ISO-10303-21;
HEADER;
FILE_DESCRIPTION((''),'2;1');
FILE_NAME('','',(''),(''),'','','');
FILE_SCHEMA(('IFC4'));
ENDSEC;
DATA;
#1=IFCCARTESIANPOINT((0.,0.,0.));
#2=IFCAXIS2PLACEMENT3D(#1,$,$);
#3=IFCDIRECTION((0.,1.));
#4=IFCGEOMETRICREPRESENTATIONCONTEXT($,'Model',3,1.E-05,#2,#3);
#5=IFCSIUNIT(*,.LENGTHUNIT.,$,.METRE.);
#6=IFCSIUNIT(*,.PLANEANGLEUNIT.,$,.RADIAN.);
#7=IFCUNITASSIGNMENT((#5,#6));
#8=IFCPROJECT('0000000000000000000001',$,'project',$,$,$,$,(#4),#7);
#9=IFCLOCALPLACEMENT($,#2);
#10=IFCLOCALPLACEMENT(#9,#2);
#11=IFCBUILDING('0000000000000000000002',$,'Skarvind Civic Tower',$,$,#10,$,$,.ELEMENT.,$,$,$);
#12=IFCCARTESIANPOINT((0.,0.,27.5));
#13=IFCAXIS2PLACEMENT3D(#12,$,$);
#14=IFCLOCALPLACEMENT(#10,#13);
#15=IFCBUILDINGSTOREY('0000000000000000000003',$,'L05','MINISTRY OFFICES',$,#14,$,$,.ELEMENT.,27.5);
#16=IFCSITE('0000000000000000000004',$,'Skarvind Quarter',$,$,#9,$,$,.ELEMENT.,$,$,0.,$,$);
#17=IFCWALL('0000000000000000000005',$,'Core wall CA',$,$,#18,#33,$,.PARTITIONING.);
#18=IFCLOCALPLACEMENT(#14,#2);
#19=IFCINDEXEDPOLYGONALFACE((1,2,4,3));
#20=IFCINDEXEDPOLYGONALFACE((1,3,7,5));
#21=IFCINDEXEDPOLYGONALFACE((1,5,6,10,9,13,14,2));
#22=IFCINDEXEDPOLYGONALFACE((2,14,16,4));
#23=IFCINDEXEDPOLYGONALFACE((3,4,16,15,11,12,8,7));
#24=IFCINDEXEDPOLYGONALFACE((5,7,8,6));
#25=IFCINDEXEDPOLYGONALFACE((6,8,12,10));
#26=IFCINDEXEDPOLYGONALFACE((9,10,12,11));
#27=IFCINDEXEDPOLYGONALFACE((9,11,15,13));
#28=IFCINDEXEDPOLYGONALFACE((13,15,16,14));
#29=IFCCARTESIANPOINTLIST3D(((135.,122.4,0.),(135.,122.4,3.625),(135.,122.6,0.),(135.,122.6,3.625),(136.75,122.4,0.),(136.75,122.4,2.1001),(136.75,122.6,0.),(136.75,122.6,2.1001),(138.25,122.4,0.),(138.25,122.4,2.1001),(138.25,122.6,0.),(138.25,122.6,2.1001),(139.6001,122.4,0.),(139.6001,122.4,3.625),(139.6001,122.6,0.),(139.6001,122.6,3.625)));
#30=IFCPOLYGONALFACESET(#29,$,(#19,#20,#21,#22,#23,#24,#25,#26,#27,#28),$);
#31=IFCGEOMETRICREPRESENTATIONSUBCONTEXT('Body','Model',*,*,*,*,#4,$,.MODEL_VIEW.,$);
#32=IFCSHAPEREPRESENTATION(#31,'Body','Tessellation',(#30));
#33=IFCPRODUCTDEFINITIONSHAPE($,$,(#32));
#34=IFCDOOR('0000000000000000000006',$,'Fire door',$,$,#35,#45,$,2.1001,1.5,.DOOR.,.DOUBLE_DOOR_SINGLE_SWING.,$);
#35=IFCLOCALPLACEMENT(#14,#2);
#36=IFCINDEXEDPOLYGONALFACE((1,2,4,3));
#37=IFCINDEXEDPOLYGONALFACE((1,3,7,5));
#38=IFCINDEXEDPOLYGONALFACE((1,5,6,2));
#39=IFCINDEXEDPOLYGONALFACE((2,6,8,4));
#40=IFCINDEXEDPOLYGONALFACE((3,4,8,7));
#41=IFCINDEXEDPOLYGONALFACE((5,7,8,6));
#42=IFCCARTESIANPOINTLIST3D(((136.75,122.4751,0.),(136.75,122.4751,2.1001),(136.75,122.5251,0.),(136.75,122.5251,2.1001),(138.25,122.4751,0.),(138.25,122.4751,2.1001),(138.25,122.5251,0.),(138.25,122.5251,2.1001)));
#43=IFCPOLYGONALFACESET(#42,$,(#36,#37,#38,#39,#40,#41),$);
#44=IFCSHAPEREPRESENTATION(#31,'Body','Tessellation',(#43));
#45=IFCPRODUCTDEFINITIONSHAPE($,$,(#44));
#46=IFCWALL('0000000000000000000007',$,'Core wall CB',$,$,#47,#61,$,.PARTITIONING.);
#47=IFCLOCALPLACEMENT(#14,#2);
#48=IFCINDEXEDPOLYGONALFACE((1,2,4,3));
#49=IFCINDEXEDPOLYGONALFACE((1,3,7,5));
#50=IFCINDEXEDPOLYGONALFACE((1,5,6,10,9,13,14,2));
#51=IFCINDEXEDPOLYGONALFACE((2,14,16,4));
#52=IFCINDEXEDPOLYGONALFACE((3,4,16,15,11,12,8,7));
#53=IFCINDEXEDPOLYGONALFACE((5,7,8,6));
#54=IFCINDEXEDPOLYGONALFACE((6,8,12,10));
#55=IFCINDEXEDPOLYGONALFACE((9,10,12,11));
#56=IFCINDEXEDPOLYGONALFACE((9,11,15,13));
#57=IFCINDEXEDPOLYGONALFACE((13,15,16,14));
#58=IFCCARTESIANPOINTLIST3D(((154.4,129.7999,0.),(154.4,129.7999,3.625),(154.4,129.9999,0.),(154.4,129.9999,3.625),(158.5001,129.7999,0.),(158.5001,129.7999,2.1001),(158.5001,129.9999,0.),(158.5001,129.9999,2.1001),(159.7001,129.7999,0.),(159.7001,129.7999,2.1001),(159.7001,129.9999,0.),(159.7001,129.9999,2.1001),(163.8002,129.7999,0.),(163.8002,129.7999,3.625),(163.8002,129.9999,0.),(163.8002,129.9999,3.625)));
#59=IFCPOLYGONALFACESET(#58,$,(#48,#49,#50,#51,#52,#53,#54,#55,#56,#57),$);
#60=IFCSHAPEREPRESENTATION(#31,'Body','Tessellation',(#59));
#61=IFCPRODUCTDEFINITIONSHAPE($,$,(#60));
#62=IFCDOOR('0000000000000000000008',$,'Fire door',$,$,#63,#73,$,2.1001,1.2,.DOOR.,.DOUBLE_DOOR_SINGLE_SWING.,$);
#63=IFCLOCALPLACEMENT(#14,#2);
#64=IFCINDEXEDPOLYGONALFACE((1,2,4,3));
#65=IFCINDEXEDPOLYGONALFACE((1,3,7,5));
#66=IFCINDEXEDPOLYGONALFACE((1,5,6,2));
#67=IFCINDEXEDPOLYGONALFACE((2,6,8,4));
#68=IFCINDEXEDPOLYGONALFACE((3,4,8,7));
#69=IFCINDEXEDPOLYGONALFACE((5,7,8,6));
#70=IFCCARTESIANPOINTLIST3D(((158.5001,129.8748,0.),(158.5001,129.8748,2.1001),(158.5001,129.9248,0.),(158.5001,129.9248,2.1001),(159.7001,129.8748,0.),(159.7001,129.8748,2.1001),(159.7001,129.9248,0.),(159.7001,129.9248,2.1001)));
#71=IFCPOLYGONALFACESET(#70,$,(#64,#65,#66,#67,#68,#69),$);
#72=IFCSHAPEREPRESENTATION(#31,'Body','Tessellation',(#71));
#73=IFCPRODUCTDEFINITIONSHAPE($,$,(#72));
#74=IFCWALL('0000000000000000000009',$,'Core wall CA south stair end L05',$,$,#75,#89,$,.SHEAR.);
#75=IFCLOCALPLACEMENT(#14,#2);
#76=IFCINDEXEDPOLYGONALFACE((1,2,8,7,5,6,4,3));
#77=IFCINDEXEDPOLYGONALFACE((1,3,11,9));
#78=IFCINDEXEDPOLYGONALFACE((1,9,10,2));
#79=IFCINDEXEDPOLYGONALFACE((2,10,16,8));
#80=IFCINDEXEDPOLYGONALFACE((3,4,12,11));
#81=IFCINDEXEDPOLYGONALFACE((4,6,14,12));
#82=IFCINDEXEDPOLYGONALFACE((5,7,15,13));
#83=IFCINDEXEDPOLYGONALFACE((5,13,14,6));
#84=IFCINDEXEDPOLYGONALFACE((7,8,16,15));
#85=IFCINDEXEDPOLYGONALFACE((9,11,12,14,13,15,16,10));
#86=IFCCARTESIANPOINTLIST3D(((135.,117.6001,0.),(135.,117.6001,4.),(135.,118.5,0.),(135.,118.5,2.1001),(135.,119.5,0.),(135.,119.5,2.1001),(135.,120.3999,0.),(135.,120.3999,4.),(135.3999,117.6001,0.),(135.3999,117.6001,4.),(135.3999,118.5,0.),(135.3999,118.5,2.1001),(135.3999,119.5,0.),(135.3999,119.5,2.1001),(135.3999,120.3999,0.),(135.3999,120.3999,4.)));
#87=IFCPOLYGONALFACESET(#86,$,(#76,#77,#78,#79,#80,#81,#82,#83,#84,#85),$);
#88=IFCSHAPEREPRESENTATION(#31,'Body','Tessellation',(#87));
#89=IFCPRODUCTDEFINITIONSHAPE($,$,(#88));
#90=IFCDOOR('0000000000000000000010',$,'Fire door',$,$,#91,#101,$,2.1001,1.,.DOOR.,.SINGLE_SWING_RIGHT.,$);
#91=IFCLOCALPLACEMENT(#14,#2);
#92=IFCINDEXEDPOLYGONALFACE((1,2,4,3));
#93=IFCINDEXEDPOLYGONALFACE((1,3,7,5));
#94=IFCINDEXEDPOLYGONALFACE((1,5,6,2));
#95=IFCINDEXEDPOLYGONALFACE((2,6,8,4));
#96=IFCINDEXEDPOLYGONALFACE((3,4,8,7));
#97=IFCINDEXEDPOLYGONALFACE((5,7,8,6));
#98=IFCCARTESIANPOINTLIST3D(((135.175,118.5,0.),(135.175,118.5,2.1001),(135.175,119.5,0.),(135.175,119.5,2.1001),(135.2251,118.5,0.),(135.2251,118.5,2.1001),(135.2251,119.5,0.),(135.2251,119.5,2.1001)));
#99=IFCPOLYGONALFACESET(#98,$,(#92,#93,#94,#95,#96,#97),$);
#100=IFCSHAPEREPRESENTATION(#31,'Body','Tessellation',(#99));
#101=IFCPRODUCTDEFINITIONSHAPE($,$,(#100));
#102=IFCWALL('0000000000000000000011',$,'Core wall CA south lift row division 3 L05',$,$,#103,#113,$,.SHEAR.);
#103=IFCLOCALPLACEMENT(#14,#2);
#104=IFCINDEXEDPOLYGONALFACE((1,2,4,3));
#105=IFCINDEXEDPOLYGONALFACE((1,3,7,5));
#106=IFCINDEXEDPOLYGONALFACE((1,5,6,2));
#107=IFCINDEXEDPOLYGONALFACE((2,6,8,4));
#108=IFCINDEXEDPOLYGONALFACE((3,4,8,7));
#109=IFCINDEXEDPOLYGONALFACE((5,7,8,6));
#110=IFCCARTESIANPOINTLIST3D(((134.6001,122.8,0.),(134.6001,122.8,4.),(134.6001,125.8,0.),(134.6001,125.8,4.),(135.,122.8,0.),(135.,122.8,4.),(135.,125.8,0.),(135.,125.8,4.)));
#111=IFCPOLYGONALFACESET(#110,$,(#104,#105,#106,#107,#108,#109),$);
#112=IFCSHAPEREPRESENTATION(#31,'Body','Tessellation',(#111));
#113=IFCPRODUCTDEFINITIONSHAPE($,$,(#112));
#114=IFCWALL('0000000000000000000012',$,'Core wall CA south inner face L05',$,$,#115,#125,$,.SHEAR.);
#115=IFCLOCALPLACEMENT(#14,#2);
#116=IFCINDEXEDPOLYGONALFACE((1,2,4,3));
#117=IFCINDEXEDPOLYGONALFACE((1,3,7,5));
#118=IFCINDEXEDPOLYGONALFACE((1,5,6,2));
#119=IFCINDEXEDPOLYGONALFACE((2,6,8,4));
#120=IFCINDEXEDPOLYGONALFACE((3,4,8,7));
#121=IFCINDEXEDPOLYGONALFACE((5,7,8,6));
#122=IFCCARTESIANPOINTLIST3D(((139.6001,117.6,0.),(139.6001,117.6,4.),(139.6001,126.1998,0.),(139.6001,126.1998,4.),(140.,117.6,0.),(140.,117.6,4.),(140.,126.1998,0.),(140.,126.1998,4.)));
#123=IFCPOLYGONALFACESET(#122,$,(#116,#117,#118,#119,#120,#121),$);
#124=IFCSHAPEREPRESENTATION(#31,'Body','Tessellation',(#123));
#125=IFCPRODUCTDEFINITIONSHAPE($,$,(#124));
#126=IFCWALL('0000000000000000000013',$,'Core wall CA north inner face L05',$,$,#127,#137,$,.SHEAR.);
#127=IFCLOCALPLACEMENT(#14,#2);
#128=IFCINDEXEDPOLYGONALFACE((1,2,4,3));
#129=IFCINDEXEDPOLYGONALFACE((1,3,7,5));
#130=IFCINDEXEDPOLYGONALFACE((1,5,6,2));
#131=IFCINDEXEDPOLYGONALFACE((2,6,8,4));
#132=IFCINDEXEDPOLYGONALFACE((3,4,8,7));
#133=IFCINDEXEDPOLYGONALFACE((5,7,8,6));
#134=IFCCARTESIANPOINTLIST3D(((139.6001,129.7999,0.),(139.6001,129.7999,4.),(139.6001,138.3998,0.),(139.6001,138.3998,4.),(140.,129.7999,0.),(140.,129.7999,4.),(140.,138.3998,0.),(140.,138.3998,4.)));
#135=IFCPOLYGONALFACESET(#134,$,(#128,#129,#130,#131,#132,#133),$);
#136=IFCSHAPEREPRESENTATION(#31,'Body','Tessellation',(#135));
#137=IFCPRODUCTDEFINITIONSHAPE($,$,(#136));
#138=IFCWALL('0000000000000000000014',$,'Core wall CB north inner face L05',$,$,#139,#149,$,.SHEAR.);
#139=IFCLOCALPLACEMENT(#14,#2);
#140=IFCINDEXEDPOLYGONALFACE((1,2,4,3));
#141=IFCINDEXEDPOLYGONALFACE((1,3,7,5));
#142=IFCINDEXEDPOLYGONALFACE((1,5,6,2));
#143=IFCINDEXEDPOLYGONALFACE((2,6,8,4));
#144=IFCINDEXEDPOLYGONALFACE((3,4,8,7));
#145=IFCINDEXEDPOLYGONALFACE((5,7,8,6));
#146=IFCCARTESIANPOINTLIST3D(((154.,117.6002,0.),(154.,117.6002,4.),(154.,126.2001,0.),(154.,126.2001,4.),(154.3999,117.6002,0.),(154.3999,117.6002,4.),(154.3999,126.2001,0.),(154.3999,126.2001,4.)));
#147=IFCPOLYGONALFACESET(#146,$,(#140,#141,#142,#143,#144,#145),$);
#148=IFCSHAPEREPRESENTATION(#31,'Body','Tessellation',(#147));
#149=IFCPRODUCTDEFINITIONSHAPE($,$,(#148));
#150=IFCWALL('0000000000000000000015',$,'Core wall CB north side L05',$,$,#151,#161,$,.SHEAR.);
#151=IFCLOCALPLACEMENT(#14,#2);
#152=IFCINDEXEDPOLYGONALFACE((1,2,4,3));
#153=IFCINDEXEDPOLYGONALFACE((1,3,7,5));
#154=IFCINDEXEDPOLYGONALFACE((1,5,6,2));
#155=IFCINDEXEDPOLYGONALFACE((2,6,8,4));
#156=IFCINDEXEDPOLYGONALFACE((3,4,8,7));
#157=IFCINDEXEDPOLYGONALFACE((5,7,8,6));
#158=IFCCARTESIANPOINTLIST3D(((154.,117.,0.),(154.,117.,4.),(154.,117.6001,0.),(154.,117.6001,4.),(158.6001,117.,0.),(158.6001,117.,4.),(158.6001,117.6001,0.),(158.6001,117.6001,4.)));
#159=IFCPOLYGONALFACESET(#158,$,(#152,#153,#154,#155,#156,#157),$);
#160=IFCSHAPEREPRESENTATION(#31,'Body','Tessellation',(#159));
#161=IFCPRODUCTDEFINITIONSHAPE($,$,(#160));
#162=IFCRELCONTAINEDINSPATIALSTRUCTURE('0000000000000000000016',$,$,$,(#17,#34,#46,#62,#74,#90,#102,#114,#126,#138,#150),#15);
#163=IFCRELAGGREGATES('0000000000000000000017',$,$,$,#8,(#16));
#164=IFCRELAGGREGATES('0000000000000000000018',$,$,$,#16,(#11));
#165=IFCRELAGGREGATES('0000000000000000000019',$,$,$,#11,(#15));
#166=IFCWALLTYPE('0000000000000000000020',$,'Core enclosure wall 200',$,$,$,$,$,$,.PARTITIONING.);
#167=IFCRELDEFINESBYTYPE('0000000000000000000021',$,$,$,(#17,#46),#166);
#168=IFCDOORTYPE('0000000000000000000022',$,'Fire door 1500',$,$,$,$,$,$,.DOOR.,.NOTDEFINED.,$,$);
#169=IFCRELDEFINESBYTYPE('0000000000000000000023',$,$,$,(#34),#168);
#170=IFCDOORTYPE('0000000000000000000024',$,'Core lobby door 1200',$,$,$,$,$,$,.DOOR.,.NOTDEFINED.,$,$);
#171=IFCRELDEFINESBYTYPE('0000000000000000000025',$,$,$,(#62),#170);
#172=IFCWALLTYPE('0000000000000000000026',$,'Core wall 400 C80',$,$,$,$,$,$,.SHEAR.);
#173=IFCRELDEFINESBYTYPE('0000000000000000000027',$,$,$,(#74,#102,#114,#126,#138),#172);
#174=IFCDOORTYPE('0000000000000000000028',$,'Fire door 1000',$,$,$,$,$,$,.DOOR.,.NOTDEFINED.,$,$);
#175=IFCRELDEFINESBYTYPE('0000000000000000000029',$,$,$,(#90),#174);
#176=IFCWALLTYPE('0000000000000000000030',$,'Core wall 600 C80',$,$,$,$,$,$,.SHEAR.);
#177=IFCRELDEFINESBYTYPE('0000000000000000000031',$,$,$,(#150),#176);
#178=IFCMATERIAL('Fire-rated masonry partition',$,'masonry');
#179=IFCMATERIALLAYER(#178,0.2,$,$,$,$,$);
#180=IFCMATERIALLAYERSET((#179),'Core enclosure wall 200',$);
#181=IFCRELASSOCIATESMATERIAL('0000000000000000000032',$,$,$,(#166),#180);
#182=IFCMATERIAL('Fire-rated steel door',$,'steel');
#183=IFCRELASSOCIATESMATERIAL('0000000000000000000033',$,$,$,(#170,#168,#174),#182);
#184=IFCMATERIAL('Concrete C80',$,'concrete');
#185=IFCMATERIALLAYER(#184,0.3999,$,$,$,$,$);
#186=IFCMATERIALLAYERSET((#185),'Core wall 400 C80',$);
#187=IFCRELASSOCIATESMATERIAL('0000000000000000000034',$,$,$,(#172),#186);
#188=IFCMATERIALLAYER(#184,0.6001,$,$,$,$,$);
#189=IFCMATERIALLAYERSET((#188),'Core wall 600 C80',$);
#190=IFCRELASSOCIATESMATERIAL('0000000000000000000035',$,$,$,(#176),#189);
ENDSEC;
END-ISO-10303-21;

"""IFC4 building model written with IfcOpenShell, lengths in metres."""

from ifc_helpers import new_model, si_unit, direction, frame, frame_2d, origin, place, context, subcontext, project, spatial, rectangle, extrude, material, layer, layer_set, type_object, element, fill, save


model = new_model("IFC4")

# Units and contexts
model_context = context("Model", 3, precision=1e-05, world=origin(), true_north=direction((0.0, 1.0)))
body_context = subcontext(model_context, "Body", "Model", "MODEL_VIEW")
ifc_project = project(units=[si_unit("LENGTHUNIT", "METRE"), si_unit("PLANEANGLEUNIT", "RADIAN")], contexts=[model_context])

# Site, building, storey
site_placement = place(None, origin())
site = spatial("IfcSite", under=ifc_project, at=site_placement, Name="Skarvind Quarter", CompositionType="ELEMENT", RefElevation=0.0)
building_placement = place(site_placement, origin())
building = spatial("IfcBuilding", under=site, at=building_placement, Name="Skarvind Civic Tower", CompositionType="ELEMENT")
storey_placement = place(building_placement, frame((0.0, 0.0, 27.5)))
storey = spatial("IfcBuildingStorey", under=building, at=storey_placement, Name="L05", Description="MINISTRY OFFICES", CompositionType="ELEMENT", Elevation=27.5)

# Walls, openings, doors
ifc_material_1 = material(Name="Fire-rated masonry partition", Category="masonry")
ifc_layer_1 = layer(ifc_material_1, 0.2)
ifc_layer_set_1 = layer_set([ifc_layer_1], Name="Core enclosure wall 200")
wall_type_1 = type_object("IfcWallType", Name="Core enclosure wall 200", PredefinedType="PARTITIONING", material=ifc_layer_set_1)
ifc_material_2 = material(Name="Fire-rated steel door", Category="steel")
door_type_1 = type_object("IfcDoorType", Name="Core lobby door 1200", OperationType="NOTDEFINED", PredefinedType="DOOR", material=ifc_material_2)
wall_1_placement = place(storey_placement, frame((139.6001, 122.5, 0.0), z_axis=(0.0, 0.0, 1.0), x_axis=(-1.0, 0.0, 0.0)))
wall_1 = element("IfcWall", 1, at=wall_1_placement, inside=storey, type_object=wall_type_1, Name="Core wall CA", PredefinedType="PARTITIONING", context=body_context, shape_type="SweptSolid", body=[
    extrude(rectangle(XDim=4.6001, YDim=0.2, at=frame_2d((2.3, 0.0))), origin(), (0.0, 0.0, 1.0), 3.625),
])
opening_1_placement = place(wall_1_placement, frame((1.3501, 0.0, 0.0)))
opening_1 = element("IfcOpeningElement", 2, at=opening_1_placement, cuts=wall_1, PredefinedType="OPENING", context=body_context, shape_type="SweptSolid", body=[
    extrude(rectangle(XDim=1.5, YDim=2.1001, at=frame_2d((0.75, 1.05))), frame((0.0, 0.1099, 0.0), z_axis=(0.0, -1.0, 0.0), x_axis=(1.0, 0.0, 0.0)), (0.0, 0.0, 1.0), 0.22),
])
door_type_2 = type_object("IfcDoorType", Name="Fire door 1500", OperationType="NOTDEFINED", PredefinedType="DOOR", material=ifc_material_2)
door_1_placement = place(opening_1_placement, origin())
door_1 = element("IfcDoor", 3, at=door_1_placement, inside=storey, type_object=door_type_2, Name="Fire door", OperationType="DOUBLE_DOOR_SINGLE_SWING", OverallHeight=2.1001, OverallWidth=1.5, PredefinedType="DOOR", context=body_context, shape_type="SweptSolid", body=[
    extrude(rectangle(XDim=1.5, YDim=2.1001, at=frame_2d((0.75, 1.05))), frame((0.0, 0.0249, 0.0), z_axis=(0.0, -1.0, 0.0), x_axis=(1.0, 0.0, 0.0)), (0.0, 0.0, 1.0), 0.05),
])
fill(opening_1, door_1)
wall_2_placement = place(storey_placement, frame((154.3999, 129.8999, 0.0), z_axis=(0.0, 0.0, 1.0), x_axis=(1.0, 0.0, 0.0)))
wall_2 = element("IfcWall", 4, at=wall_2_placement, inside=storey, type_object=wall_type_1, Name="Core wall CB", PredefinedType="PARTITIONING", context=body_context, shape_type="SweptSolid", body=[
    extrude(rectangle(XDim=9.4001, YDim=0.2, at=frame_2d((4.7002, 0.0))), origin(), (0.0, 0.0, 1.0), 3.625),
])
opening_2_placement = place(wall_2_placement, frame((4.1001, 0.0, 0.0)))
opening_2 = element("IfcOpeningElement", 5, at=opening_2_placement, cuts=wall_2, PredefinedType="OPENING", context=body_context, shape_type="SweptSolid", body=[
    extrude(rectangle(XDim=1.2, YDim=2.1001, at=frame_2d((0.6001, 1.05))), frame((0.0, 0.1099, 0.0), z_axis=(0.0, -1.0, 0.0), x_axis=(1.0, 0.0, 0.0)), (0.0, 0.0, 1.0), 0.22),
])
door_2_placement = place(opening_2_placement, origin())
door_2 = element("IfcDoor", 6, at=door_2_placement, inside=storey, type_object=door_type_1, Name="Fire door", OperationType="DOUBLE_DOOR_SINGLE_SWING", OverallHeight=2.1001, OverallWidth=1.2, PredefinedType="DOOR", context=body_context, shape_type="SweptSolid", body=[
    extrude(rectangle(XDim=1.2, YDim=2.1001, at=frame_2d((0.6001, 1.05))), frame((0.0, 0.0249, 0.0), z_axis=(0.0, -1.0, 0.0), x_axis=(1.0, 0.0, 0.0)), (0.0, 0.0, 1.0), 0.05),
])
fill(opening_2, door_2)
ifc_material_3 = material(Name="Concrete C80", Category="concrete")
ifc_layer_2 = layer(ifc_material_3, 0.3999)
ifc_layer_set_2 = layer_set([ifc_layer_2], Name="Core wall 400 C80")
wall_type_2 = type_object("IfcWallType", Name="Core wall 400 C80", PredefinedType="SHEAR", material=ifc_layer_set_2)
wall_3_placement = place(storey_placement, frame((135.2, 117.6001, 0.0), z_axis=(0.0, 0.0, 1.0), x_axis=(0.0, 1.0, 0.0)))
wall_3 = element("IfcWall", 7, at=wall_3_placement, inside=storey, type_object=wall_type_2, Name="Core wall CA south stair end L05", PredefinedType="SHEAR", context=body_context, shape_type="SweptSolid", body=[
    extrude(rectangle(XDim=2.7998, YDim=0.3999, at=frame_2d((1.3999, 0.0))), origin(), (0.0, 0.0, 1.0), 4.0),
])
opening_3_placement = place(wall_3_placement, frame((0.8999, 0.0, 0.0)))
opening_3 = element("IfcOpeningElement", 8, at=opening_3_placement, cuts=wall_3, PredefinedType="OPENING", context=body_context, shape_type="SweptSolid", body=[
    extrude(rectangle(XDim=1.0, YDim=2.1001, at=frame_2d((0.5, 1.05))), frame((0.0, 0.21, 0.0), z_axis=(0.0, -1.0, 0.0), x_axis=(1.0, 0.0, 0.0)), (0.0, 0.0, 1.0), 0.4199),
])
door_type_3 = type_object("IfcDoorType", Name="Fire door 1000", OperationType="NOTDEFINED", PredefinedType="DOOR", material=ifc_material_2)
door_3_placement = place(opening_3_placement, origin())
door_3 = element("IfcDoor", 9, at=door_3_placement, inside=storey, type_object=door_type_3, Name="Fire door", OperationType="SINGLE_SWING_RIGHT", OverallHeight=2.1001, OverallWidth=1.0, PredefinedType="DOOR", context=body_context, shape_type="SweptSolid", body=[
    extrude(rectangle(XDim=1.0, YDim=2.1001, at=frame_2d((0.5, 1.05))), frame((0.0, 0.0249, 0.0), z_axis=(0.0, -1.0, 0.0), x_axis=(1.0, 0.0, 0.0)), (0.0, 0.0, 1.0), 0.05),
])
fill(opening_3, door_3)

# Walls
wall_4_placement = place(storey_placement, frame((134.8, 122.8, 0.0), z_axis=(0.0, 0.0, 1.0), x_axis=(0.0, 1.0, 0.0)))
element("IfcWall", 10, at=wall_4_placement, inside=storey, type_object=wall_type_2, Name="Core wall CA south lift row division 3 L05", PredefinedType="SHEAR", context=body_context, shape_type="SweptSolid", body=[
    extrude(rectangle(XDim=3.0, YDim=0.3999, at=frame_2d((1.5, 0.0))), origin(), (0.0, 0.0, 1.0), 4.0),
])
for number, where, z_axis, x_axis, name in (
    (11, (139.8, 117.6001, 0.0), (0.0, 0.0, 1.0), (0.0, 1.0, 0.0), "Core wall CA south inner face L05"),
    (12, (139.8, 129.8, 0.0), (0.0, 0.0, 1.0), (0.0, 1.0, 0.0), "Core wall CA north inner face L05"),
    (13, (154.2, 126.2, 0.0), (0.0, 0.0, 1.0), (0.0, -1.0, 0.0), "Core wall CB north inner face L05"),
):
    element("IfcWall", number, at=place(storey_placement, frame(where, z_axis=z_axis, x_axis=x_axis)), inside=storey, type_object=wall_type_2, Name=name, PredefinedType="SHEAR", context=body_context, shape_type="SweptSolid", body=[
        extrude(rectangle(XDim=8.5999, YDim=0.3999, at=frame_2d((4.2998, 0.0))), origin(), (0.0, 0.0, 1.0), 4.0),
    ])
ifc_layer_3 = layer(ifc_material_3, 0.6001)
ifc_layer_set_3 = layer_set([ifc_layer_3], Name="Core wall 600 C80")
wall_type_3 = type_object("IfcWallType", Name="Core wall 600 C80", PredefinedType="SHEAR", material=ifc_layer_set_3)
wall_5_placement = place(storey_placement, frame((158.6001, 117.3, 0.0), z_axis=(0.0, 0.0, 1.0), x_axis=(-1.0, 0.0, 0.0)))
element("IfcWall", 14, at=wall_5_placement, inside=storey, type_object=wall_type_3, Name="Core wall CB north side L05", PredefinedType="SHEAR", context=body_context, shape_type="SweptSolid", body=[
    extrude(rectangle(XDim=4.6001, YDim=0.6001, at=frame_2d((2.3, 0.0))), origin(), (0.0, 0.0, 1.0), 4.0),
])

save(model, "model.ifc")
